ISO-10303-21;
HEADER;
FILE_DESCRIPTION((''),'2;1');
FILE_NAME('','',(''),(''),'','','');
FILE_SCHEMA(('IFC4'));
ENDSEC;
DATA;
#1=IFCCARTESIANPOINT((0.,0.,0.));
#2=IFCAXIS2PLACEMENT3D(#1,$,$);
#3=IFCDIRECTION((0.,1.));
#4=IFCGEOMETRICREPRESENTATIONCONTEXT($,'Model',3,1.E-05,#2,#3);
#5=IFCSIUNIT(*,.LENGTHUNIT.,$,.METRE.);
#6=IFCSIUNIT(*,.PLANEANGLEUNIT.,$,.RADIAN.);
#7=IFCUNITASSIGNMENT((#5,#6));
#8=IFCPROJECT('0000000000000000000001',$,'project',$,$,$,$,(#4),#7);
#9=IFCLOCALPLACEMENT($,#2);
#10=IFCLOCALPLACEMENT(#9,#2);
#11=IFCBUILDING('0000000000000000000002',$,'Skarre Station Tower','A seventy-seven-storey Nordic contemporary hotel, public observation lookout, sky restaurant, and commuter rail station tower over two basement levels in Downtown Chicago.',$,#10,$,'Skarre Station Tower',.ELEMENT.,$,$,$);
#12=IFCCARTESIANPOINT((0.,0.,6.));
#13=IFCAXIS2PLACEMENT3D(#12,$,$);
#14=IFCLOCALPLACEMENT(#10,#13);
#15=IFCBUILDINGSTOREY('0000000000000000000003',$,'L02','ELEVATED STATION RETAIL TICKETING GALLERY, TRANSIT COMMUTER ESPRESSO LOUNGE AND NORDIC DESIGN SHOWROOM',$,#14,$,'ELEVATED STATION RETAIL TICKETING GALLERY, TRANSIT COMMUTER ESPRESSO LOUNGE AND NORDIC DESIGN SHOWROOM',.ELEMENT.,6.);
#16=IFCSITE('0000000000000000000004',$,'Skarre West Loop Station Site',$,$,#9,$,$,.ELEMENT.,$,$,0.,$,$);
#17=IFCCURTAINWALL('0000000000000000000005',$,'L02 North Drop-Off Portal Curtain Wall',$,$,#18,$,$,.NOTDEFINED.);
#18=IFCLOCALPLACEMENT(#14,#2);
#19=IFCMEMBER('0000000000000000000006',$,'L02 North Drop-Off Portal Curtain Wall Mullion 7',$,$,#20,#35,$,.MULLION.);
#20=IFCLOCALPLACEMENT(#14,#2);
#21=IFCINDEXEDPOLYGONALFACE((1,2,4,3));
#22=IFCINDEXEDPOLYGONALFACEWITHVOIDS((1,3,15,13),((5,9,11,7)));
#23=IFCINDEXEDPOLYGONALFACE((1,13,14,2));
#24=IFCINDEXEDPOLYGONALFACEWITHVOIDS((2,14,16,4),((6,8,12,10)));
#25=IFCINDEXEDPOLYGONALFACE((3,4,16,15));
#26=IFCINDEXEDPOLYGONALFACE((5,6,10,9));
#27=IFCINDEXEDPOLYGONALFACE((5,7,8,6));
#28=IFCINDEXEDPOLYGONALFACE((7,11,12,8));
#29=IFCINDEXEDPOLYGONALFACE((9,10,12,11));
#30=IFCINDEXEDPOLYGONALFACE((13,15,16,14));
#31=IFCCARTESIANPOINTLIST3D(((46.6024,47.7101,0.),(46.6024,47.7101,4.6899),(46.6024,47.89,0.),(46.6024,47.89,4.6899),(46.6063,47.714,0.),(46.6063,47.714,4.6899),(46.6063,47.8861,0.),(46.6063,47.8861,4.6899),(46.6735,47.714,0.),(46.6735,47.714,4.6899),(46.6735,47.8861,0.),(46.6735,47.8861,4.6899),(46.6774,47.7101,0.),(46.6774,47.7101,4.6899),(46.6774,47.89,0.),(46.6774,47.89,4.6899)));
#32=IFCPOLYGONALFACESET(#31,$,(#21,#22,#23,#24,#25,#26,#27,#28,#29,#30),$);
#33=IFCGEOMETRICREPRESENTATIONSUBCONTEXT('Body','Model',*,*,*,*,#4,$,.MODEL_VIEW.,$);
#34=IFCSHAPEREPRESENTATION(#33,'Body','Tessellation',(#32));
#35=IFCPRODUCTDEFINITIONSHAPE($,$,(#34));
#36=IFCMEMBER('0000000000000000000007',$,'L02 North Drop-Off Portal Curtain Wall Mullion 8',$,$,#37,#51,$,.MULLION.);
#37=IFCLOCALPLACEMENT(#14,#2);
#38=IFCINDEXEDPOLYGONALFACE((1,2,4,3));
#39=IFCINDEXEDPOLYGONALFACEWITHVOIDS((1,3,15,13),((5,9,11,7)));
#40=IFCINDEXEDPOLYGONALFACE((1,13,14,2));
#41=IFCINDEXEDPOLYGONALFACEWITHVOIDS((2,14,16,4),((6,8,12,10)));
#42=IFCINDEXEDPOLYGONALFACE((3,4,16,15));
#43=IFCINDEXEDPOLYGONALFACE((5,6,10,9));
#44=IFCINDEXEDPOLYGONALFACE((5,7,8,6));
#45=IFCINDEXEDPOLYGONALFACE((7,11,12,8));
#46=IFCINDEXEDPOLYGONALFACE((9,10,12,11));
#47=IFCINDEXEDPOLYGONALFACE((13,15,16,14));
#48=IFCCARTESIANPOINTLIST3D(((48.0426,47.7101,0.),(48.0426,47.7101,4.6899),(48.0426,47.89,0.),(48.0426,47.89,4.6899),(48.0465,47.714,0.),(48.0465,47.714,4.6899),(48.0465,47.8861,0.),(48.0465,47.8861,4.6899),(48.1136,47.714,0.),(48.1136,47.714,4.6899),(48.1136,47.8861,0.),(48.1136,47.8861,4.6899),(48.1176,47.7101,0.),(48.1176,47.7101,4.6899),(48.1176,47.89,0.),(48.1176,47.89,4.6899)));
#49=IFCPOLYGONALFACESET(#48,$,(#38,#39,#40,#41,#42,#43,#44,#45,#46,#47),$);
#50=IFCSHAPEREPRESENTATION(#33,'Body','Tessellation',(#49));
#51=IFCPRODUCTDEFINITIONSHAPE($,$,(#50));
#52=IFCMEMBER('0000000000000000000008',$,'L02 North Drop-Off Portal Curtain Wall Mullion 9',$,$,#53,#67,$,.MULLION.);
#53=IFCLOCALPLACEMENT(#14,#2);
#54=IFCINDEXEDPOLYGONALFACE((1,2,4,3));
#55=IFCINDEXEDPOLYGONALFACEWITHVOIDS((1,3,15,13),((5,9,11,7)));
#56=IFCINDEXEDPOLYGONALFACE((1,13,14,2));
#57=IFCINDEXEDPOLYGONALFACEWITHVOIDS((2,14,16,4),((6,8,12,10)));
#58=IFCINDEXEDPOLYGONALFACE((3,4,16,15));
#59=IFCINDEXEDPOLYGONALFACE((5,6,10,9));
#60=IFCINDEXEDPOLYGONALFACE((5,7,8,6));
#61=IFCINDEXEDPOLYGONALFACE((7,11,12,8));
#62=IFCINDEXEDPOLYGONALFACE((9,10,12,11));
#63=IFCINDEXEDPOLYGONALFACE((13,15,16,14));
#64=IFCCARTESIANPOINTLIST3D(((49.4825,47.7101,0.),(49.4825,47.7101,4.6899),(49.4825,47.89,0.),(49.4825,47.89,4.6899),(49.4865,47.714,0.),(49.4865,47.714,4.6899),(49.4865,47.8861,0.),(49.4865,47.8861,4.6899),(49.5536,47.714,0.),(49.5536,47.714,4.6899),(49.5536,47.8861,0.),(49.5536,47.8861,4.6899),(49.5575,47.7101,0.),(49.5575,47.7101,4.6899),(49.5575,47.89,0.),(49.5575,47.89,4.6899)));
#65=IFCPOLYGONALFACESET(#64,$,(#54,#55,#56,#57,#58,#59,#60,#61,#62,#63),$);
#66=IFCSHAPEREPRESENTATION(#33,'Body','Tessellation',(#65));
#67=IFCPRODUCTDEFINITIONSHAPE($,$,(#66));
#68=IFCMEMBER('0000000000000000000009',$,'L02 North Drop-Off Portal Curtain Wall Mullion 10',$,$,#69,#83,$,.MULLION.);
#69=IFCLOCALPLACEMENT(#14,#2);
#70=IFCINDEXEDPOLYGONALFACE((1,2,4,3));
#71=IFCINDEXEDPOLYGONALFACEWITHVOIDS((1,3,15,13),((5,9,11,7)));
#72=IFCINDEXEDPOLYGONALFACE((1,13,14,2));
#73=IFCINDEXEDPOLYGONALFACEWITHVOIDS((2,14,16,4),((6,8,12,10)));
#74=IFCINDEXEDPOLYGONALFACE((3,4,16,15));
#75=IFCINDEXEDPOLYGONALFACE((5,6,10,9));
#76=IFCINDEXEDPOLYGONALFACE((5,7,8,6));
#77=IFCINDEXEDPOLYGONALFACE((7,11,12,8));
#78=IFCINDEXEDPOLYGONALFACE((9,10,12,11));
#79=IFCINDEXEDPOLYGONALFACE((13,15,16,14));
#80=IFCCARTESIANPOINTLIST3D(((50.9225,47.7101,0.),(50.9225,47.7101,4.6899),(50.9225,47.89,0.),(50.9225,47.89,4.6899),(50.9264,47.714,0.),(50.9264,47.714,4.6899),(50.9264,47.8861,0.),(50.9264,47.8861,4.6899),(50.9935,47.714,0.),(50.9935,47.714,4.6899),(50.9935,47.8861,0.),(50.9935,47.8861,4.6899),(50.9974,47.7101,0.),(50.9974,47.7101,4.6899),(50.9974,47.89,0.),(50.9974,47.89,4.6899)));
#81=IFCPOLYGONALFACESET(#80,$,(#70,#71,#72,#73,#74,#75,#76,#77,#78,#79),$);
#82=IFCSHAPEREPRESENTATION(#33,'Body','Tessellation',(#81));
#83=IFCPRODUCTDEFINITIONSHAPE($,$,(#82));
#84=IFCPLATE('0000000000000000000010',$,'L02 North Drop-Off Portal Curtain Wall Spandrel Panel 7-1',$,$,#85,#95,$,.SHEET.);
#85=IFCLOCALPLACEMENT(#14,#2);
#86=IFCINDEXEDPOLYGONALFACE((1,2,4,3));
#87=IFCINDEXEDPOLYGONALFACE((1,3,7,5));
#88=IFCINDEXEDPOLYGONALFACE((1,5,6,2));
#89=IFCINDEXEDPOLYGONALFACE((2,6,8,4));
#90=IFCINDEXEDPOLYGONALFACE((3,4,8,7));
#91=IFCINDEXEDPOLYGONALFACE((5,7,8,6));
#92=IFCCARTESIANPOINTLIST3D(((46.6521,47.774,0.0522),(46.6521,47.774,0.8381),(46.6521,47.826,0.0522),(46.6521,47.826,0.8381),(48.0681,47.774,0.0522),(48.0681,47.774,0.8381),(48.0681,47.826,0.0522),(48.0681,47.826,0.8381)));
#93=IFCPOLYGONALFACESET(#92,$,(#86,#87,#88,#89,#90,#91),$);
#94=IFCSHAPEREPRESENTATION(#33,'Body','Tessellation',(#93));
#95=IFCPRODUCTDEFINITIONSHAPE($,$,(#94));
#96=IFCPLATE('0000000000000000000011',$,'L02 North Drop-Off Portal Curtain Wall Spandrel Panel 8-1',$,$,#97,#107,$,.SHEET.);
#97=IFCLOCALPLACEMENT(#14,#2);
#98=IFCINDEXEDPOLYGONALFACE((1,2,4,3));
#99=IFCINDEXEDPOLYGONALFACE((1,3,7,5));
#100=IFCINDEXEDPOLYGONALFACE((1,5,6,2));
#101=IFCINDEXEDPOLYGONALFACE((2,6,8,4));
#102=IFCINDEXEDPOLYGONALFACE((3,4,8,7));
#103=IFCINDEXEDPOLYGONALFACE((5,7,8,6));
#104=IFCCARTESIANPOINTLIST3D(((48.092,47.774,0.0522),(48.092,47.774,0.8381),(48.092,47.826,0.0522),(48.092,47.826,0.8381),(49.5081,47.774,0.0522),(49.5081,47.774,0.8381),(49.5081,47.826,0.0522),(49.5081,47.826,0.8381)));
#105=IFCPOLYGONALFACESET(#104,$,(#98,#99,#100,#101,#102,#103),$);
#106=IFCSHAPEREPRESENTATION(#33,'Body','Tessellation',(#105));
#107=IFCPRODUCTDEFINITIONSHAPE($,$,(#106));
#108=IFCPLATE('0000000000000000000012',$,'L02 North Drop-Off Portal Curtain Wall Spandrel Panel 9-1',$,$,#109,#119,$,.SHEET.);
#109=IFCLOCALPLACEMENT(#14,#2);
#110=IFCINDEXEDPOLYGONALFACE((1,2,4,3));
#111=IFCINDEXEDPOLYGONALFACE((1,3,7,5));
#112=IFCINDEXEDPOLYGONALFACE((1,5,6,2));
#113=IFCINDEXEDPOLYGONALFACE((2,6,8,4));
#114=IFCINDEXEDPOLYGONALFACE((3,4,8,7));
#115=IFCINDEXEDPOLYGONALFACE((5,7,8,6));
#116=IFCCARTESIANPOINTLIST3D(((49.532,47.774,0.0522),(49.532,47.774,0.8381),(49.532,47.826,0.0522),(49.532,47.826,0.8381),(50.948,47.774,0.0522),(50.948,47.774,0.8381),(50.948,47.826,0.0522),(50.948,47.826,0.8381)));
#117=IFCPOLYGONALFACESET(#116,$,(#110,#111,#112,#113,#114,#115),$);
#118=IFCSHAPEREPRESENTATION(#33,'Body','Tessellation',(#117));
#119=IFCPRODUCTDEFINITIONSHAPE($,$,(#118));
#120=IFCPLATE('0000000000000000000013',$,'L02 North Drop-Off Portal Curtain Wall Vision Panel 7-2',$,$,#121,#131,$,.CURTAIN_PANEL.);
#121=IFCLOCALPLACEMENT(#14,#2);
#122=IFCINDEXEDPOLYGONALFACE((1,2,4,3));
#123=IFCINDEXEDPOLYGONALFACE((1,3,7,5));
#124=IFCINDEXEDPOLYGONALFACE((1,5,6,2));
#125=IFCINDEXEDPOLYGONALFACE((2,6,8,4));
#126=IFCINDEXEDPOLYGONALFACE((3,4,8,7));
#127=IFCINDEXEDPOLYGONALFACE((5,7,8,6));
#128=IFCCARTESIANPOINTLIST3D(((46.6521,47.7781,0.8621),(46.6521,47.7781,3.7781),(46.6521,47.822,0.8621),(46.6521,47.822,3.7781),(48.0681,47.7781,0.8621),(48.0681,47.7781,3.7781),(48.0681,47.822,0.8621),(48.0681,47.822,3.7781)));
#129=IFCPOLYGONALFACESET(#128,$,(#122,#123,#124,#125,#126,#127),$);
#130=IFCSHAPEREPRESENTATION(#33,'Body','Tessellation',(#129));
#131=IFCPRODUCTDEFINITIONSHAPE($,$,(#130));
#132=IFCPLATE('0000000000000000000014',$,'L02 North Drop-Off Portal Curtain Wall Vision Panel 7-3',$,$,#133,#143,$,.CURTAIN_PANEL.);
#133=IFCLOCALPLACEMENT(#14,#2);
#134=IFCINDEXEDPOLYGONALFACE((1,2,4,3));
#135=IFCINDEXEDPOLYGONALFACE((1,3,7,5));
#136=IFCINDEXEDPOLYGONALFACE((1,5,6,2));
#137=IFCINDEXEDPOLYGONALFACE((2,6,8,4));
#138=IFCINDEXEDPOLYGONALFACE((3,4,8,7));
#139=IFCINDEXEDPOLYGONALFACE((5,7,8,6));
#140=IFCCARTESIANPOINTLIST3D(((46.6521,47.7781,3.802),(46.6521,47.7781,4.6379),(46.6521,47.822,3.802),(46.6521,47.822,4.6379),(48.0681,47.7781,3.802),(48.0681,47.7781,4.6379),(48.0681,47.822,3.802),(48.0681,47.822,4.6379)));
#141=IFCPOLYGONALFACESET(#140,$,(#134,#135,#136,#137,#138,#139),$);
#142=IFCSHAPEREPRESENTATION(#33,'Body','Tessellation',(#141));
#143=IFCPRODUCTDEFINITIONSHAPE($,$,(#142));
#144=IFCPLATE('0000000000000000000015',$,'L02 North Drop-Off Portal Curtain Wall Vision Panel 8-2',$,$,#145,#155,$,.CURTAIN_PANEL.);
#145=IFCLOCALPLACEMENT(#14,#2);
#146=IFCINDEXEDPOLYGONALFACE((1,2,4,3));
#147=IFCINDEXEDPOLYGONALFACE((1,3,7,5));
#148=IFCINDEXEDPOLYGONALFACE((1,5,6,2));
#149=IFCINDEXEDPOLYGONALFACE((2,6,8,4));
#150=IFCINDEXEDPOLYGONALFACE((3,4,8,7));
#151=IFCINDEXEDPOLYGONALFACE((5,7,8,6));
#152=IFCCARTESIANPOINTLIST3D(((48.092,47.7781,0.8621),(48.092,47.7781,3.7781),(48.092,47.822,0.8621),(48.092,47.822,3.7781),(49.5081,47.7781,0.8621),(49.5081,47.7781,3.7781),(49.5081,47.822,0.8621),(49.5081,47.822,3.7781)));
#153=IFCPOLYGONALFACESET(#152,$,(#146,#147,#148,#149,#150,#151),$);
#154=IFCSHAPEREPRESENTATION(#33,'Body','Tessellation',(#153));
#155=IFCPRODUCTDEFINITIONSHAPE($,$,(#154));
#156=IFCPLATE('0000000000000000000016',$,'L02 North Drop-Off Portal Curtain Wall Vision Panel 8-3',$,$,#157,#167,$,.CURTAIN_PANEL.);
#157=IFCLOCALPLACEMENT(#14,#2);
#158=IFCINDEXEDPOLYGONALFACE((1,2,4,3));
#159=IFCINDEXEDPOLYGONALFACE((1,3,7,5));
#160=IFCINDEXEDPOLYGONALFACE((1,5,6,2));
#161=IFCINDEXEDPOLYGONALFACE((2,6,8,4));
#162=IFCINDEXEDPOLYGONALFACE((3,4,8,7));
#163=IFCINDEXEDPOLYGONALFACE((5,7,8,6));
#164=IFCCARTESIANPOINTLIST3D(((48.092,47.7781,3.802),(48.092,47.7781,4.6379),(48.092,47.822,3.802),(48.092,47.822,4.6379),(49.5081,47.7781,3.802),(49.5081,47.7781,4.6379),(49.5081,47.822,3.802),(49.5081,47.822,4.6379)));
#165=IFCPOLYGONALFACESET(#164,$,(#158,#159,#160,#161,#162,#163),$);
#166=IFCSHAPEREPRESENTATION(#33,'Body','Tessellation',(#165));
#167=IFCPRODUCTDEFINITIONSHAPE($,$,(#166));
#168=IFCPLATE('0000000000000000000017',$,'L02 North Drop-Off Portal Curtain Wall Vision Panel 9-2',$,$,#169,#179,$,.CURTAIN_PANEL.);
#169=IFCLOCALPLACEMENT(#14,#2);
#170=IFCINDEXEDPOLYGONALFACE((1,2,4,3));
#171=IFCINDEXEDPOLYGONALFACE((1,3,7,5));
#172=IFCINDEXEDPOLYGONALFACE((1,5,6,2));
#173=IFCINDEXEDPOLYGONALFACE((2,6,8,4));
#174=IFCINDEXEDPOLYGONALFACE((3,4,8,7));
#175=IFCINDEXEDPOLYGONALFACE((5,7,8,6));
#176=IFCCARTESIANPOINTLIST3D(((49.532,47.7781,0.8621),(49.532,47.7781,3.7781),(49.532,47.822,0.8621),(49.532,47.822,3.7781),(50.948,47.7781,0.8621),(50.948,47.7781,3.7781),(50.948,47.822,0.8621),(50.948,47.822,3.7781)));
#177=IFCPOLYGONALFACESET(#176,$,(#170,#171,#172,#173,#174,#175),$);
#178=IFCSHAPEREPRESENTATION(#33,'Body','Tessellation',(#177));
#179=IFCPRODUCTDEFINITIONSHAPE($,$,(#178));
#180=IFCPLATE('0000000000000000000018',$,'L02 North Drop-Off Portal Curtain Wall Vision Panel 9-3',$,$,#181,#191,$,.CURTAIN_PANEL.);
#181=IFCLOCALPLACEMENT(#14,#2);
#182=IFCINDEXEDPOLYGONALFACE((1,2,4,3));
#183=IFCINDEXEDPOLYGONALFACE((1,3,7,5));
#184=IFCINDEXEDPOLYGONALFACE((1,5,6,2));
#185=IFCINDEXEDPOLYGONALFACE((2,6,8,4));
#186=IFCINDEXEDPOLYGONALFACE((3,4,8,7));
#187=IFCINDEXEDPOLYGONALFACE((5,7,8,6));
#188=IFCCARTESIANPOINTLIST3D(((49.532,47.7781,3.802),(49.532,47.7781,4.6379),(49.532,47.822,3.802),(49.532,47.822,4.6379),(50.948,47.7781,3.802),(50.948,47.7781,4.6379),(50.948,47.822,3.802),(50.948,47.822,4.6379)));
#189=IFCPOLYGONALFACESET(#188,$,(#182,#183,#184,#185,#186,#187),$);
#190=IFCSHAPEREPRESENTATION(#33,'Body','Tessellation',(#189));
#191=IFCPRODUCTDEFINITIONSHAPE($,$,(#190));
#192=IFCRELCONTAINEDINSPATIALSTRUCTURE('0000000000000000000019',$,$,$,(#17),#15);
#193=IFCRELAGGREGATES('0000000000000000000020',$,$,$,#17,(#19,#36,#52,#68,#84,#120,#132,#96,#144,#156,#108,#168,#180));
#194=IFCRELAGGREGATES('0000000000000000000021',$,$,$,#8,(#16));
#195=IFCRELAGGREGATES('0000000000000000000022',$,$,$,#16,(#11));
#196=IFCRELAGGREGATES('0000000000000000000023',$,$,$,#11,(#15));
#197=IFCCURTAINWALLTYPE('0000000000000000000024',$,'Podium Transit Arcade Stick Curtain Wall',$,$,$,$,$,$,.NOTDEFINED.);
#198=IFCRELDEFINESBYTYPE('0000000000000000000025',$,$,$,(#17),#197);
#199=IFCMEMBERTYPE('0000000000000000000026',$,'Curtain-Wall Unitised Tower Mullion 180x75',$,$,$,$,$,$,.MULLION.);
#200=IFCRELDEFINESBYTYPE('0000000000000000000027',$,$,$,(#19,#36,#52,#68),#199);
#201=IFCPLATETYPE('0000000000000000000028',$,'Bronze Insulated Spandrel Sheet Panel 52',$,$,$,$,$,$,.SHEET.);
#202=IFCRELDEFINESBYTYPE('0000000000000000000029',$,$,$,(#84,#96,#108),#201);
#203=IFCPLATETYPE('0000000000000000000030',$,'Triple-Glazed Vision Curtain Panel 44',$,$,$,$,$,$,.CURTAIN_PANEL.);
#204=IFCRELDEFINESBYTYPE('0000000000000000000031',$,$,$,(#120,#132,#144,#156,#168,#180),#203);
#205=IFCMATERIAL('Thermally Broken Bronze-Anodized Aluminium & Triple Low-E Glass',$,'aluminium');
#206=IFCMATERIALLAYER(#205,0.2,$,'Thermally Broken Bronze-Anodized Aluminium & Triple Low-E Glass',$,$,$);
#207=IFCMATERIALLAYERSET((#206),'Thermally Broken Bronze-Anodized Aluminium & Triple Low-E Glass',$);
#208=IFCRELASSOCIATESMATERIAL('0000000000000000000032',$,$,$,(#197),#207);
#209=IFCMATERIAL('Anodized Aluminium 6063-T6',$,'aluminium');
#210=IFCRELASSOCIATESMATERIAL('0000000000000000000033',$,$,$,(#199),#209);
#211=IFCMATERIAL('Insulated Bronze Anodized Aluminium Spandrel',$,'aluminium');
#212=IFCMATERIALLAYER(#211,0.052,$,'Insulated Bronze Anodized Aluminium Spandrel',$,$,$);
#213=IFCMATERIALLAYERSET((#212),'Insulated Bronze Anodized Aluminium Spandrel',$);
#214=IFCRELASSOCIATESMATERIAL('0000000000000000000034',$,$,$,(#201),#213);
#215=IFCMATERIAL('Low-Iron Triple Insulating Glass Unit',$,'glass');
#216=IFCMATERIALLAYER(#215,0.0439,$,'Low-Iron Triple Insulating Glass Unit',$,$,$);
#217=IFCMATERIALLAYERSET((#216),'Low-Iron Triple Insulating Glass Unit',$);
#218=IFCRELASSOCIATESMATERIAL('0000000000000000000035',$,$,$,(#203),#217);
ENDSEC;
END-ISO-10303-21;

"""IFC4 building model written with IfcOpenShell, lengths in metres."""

from ifc_helpers import new_model, si_unit, direction, frame, origin, origin_2d, place, context, subcontext, project, spatial, rectangle, hollow_rectangle, extrude, material, layer, layer_set, material_profile, profile_set, type_object, element, aggregate, save


model = new_model("IFC4")

# Units and contexts
model_context = context("Model", 3, precision=1e-05, world=origin(), true_north=direction((0.0, 1.0)))
body_context = subcontext(model_context, "Body", "Model", "MODEL_VIEW")
ifc_project = project(units=[si_unit("LENGTHUNIT", "METRE"), si_unit("PLANEANGLEUNIT", "RADIAN")], contexts=[model_context])

# Site, building, storey
site_placement = place(None, origin())
site = spatial("IfcSite", under=ifc_project, at=site_placement, Name="Skarre West Loop Station Site", CompositionType="ELEMENT", RefElevation=0.0)
building_placement = place(site_placement, origin())
building = spatial("IfcBuilding", under=site, at=building_placement, Name="Skarre Station Tower", Description="A seventy-seven-storey Nordic contemporary hotel, public observation lookout, sky restaurant, and commuter rail station tower over two basement levels in Downtown Chicago.", LongName="Skarre Station Tower", CompositionType="ELEMENT")
storey_placement = place(building_placement, frame((0.0, 0.0, 6.0)))
storey = spatial("IfcBuildingStorey", under=building, at=storey_placement, Name="L02", Description="ELEVATED STATION RETAIL TICKETING GALLERY, TRANSIT COMMUTER ESPRESSO LOUNGE AND NORDIC DESIGN SHOWROOM", LongName="ELEVATED STATION RETAIL TICKETING GALLERY, TRANSIT COMMUTER ESPRESSO LOUNGE AND NORDIC DESIGN SHOWROOM", CompositionType="ELEMENT", Elevation=6.0)

# Curtain wall, members, plates
ifc_material_1 = material(Name="Thermally Broken Bronze-Anodized Aluminium & Triple Low-E Glass", Category="aluminium")
ifc_layer_1 = layer(ifc_material_1, 0.2, Name="Thermally Broken Bronze-Anodized Aluminium & Triple Low-E Glass")
ifc_layer_set_1 = layer_set([ifc_layer_1], Name="Thermally Broken Bronze-Anodized Aluminium & Triple Low-E Glass")
curtain_wall_type = type_object("IfcCurtainWallType", Name="Podium Transit Arcade Stick Curtain Wall", PredefinedType="NOTDEFINED", material=ifc_layer_set_1)
curtain_wall_placement = place(storey_placement, origin())
curtain_wall = element("IfcCurtainWall", 1, at=curtain_wall_placement, inside=storey, type_object=curtain_wall_type, Name="L02 North Drop-Off Portal Curtain Wall", PredefinedType="NOTDEFINED")
ifc_material_2 = material(Name="Anodized Aluminium 6063-T6", Category="aluminium")
ifc_material_profile = material_profile(ifc_material_2, hollow_rectangle(XDim=0.075, YDim=0.1799, WallThickness=0.0039, at=origin_2d()), Name="Anodized Aluminium 6063-T6")
ifc_profile_set = profile_set([ifc_material_profile], Name="Anodized Aluminium 6063-T6")
member_type = type_object("IfcMemberType", Name="Curtain-Wall Unitised Tower Mullion 180x75", PredefinedType="MULLION", material=ifc_profile_set)
member_1_placement = place(storey_placement, frame((46.6399, 47.8, 0.0), z_axis=(0.0, 0.0, 1.0), x_axis=(1.0, 0.0, 0.0)))
member_1 = element("IfcMember", 2, at=member_1_placement, type_object=member_type, Name="L02 North Drop-Off Portal Curtain Wall Mullion 7", PredefinedType="MULLION", context=body_context, shape_type="SweptSolid", body=[
    extrude(hollow_rectangle(XDim=0.075, YDim=0.1799, WallThickness=0.0039, at=origin_2d()), origin(), (0.0, 0.0, 1.0), 4.6899),
])
member_2_placement = place(storey_placement, frame((48.0801, 47.8, 0.0), z_axis=(0.0, 0.0, 1.0), x_axis=(1.0, 0.0, 0.0)))
member_2 = element("IfcMember", 3, at=member_2_placement, type_object=member_type, Name="L02 North Drop-Off Portal Curtain Wall Mullion 8", PredefinedType="MULLION", context=body_context, shape_type="SweptSolid", body=[
    extrude(hollow_rectangle(XDim=0.075, YDim=0.1799, WallThickness=0.0039, at=origin_2d()), origin(), (0.0, 0.0, 1.0), 4.6899),
])
member_3_placement = place(storey_placement, frame((49.52, 47.8, 0.0), z_axis=(0.0, 0.0, 1.0), x_axis=(1.0, 0.0, 0.0)))
member_3 = element("IfcMember", 4, at=member_3_placement, type_object=member_type, Name="L02 North Drop-Off Portal Curtain Wall Mullion 9", PredefinedType="MULLION", context=body_context, shape_type="SweptSolid", body=[
    extrude(hollow_rectangle(XDim=0.075, YDim=0.1799, WallThickness=0.0039, at=origin_2d()), origin(), (0.0, 0.0, 1.0), 4.6899),
])
member_4_placement = place(storey_placement, frame((50.96, 47.8, 0.0), z_axis=(0.0, 0.0, 1.0), x_axis=(1.0, 0.0, 0.0)))
member_4 = element("IfcMember", 5, at=member_4_placement, type_object=member_type, Name="L02 North Drop-Off Portal Curtain Wall Mullion 10", PredefinedType="MULLION", context=body_context, shape_type="SweptSolid", body=[
    extrude(hollow_rectangle(XDim=0.075, YDim=0.1799, WallThickness=0.0039, at=origin_2d()), origin(), (0.0, 0.0, 1.0), 4.6899),
])
ifc_material_3 = material(Name="Insulated Bronze Anodized Aluminium Spandrel", Category="aluminium")
ifc_layer_2 = layer(ifc_material_3, 0.052, Name="Insulated Bronze Anodized Aluminium Spandrel")
ifc_layer_set_2 = layer_set([ifc_layer_2], Name="Insulated Bronze Anodized Aluminium Spandrel")
plate_type_1 = type_object("IfcPlateType", Name="Bronze Insulated Spandrel Sheet Panel 52", PredefinedType="SHEET", material=ifc_layer_set_2)
plate_1_placement = place(storey_placement, frame((47.3601, 47.8, 0.0522), z_axis=(0.0, 0.0, 1.0), x_axis=(1.0, 0.0, 0.0)))
plate_1 = element("IfcPlate", 6, at=plate_1_placement, type_object=plate_type_1, Name="L02 North Drop-Off Portal Curtain Wall Spandrel Panel 7-1", PredefinedType="SHEET", context=body_context, shape_type="SweptSolid", body=[
    extrude(rectangle(XDim=1.416, YDim=0.052, at=origin_2d()), origin(), (0.0, 0.0, 1.0), 0.7859),
])
plate_2_placement = place(storey_placement, frame((48.8, 47.8, 0.0522), z_axis=(0.0, 0.0, 1.0), x_axis=(1.0, 0.0, 0.0)))
plate_2 = element("IfcPlate", 7, at=plate_2_placement, type_object=plate_type_1, Name="L02 North Drop-Off Portal Curtain Wall Spandrel Panel 8-1", PredefinedType="SHEET", context=body_context, shape_type="SweptSolid", body=[
    extrude(rectangle(XDim=1.416, YDim=0.052, at=origin_2d()), origin(), (0.0, 0.0, 1.0), 0.7859),
])
plate_3_placement = place(storey_placement, frame((50.24, 47.8, 0.0522), z_axis=(0.0, 0.0, 1.0), x_axis=(1.0, 0.0, 0.0)))
plate_3 = element("IfcPlate", 8, at=plate_3_placement, type_object=plate_type_1, Name="L02 North Drop-Off Portal Curtain Wall Spandrel Panel 9-1", PredefinedType="SHEET", context=body_context, shape_type="SweptSolid", body=[
    extrude(rectangle(XDim=1.416, YDim=0.052, at=origin_2d()), origin(), (0.0, 0.0, 1.0), 0.7859),
])
ifc_material_4 = material(Name="Low-Iron Triple Insulating Glass Unit", Category="glass")
ifc_layer_3 = layer(ifc_material_4, 0.0439, Name="Low-Iron Triple Insulating Glass Unit")
ifc_layer_set_3 = layer_set([ifc_layer_3], Name="Low-Iron Triple Insulating Glass Unit")
plate_type_2 = type_object("IfcPlateType", Name="Triple-Glazed Vision Curtain Panel 44", PredefinedType="CURTAIN_PANEL", material=ifc_layer_set_3)
plate_4_placement = place(storey_placement, frame((47.3601, 47.8, 0.8621), z_axis=(0.0, 0.0, 1.0), x_axis=(1.0, 0.0, 0.0)))
plate_4 = element("IfcPlate", 9, at=plate_4_placement, type_object=plate_type_2, Name="L02 North Drop-Off Portal Curtain Wall Vision Panel 7-2", PredefinedType="CURTAIN_PANEL", context=body_context, shape_type="SweptSolid", body=[
    extrude(rectangle(XDim=1.416, YDim=0.0439, at=origin_2d()), origin(), (0.0, 0.0, 1.0), 2.916),
])
plate_5_placement = place(storey_placement, frame((47.3601, 47.8, 3.802), z_axis=(0.0, 0.0, 1.0), x_axis=(1.0, 0.0, 0.0)))
plate_5 = element("IfcPlate", 10, at=plate_5_placement, type_object=plate_type_2, Name="L02 North Drop-Off Portal Curtain Wall Vision Panel 7-3", PredefinedType="CURTAIN_PANEL", context=body_context, shape_type="SweptSolid", body=[
    extrude(rectangle(XDim=1.416, YDim=0.0439, at=origin_2d()), origin(), (0.0, 0.0, 1.0), 0.8359),
])
plate_6_placement = place(storey_placement, frame((48.8, 47.8, 0.8621), z_axis=(0.0, 0.0, 1.0), x_axis=(1.0, 0.0, 0.0)))
plate_6 = element("IfcPlate", 11, at=plate_6_placement, type_object=plate_type_2, Name="L02 North Drop-Off Portal Curtain Wall Vision Panel 8-2", PredefinedType="CURTAIN_PANEL", context=body_context, shape_type="SweptSolid", body=[
    extrude(rectangle(XDim=1.416, YDim=0.0439, at=origin_2d()), origin(), (0.0, 0.0, 1.0), 2.916),
])
plate_7_placement = place(storey_placement, frame((48.8, 47.8, 3.802), z_axis=(0.0, 0.0, 1.0), x_axis=(1.0, 0.0, 0.0)))
plate_7 = element("IfcPlate", 12, at=plate_7_placement, type_object=plate_type_2, Name="L02 North Drop-Off Portal Curtain Wall Vision Panel 8-3", PredefinedType="CURTAIN_PANEL", context=body_context, shape_type="SweptSolid", body=[
    extrude(rectangle(XDim=1.416, YDim=0.0439, at=origin_2d()), origin(), (0.0, 0.0, 1.0), 0.8359),
])
plate_8_placement = place(storey_placement, frame((50.24, 47.8, 0.8621), z_axis=(0.0, 0.0, 1.0), x_axis=(1.0, 0.0, 0.0)))
plate_8 = element("IfcPlate", 13, at=plate_8_placement, type_object=plate_type_2, Name="L02 North Drop-Off Portal Curtain Wall Vision Panel 9-2", PredefinedType="CURTAIN_PANEL", context=body_context, shape_type="SweptSolid", body=[
    extrude(rectangle(XDim=1.416, YDim=0.0439, at=origin_2d()), origin(), (0.0, 0.0, 1.0), 2.916),
])
plate_9_placement = place(storey_placement, frame((50.24, 47.8, 3.802), z_axis=(0.0, 0.0, 1.0), x_axis=(1.0, 0.0, 0.0)))
plate_9 = element("IfcPlate", 14, at=plate_9_placement, type_object=plate_type_2, Name="L02 North Drop-Off Portal Curtain Wall Vision Panel 9-3", PredefinedType="CURTAIN_PANEL", context=body_context, shape_type="SweptSolid", body=[
    extrude(rectangle(XDim=1.416, YDim=0.0439, at=origin_2d()), origin(), (0.0, 0.0, 1.0), 0.8359),
])
aggregate(curtain_wall, [member_1, member_2, member_3, member_4, plate_1, plate_4, plate_5, plate_2, plate_6, plate_7, plate_3, plate_8, plate_9])

save(model, "model.ifc")
